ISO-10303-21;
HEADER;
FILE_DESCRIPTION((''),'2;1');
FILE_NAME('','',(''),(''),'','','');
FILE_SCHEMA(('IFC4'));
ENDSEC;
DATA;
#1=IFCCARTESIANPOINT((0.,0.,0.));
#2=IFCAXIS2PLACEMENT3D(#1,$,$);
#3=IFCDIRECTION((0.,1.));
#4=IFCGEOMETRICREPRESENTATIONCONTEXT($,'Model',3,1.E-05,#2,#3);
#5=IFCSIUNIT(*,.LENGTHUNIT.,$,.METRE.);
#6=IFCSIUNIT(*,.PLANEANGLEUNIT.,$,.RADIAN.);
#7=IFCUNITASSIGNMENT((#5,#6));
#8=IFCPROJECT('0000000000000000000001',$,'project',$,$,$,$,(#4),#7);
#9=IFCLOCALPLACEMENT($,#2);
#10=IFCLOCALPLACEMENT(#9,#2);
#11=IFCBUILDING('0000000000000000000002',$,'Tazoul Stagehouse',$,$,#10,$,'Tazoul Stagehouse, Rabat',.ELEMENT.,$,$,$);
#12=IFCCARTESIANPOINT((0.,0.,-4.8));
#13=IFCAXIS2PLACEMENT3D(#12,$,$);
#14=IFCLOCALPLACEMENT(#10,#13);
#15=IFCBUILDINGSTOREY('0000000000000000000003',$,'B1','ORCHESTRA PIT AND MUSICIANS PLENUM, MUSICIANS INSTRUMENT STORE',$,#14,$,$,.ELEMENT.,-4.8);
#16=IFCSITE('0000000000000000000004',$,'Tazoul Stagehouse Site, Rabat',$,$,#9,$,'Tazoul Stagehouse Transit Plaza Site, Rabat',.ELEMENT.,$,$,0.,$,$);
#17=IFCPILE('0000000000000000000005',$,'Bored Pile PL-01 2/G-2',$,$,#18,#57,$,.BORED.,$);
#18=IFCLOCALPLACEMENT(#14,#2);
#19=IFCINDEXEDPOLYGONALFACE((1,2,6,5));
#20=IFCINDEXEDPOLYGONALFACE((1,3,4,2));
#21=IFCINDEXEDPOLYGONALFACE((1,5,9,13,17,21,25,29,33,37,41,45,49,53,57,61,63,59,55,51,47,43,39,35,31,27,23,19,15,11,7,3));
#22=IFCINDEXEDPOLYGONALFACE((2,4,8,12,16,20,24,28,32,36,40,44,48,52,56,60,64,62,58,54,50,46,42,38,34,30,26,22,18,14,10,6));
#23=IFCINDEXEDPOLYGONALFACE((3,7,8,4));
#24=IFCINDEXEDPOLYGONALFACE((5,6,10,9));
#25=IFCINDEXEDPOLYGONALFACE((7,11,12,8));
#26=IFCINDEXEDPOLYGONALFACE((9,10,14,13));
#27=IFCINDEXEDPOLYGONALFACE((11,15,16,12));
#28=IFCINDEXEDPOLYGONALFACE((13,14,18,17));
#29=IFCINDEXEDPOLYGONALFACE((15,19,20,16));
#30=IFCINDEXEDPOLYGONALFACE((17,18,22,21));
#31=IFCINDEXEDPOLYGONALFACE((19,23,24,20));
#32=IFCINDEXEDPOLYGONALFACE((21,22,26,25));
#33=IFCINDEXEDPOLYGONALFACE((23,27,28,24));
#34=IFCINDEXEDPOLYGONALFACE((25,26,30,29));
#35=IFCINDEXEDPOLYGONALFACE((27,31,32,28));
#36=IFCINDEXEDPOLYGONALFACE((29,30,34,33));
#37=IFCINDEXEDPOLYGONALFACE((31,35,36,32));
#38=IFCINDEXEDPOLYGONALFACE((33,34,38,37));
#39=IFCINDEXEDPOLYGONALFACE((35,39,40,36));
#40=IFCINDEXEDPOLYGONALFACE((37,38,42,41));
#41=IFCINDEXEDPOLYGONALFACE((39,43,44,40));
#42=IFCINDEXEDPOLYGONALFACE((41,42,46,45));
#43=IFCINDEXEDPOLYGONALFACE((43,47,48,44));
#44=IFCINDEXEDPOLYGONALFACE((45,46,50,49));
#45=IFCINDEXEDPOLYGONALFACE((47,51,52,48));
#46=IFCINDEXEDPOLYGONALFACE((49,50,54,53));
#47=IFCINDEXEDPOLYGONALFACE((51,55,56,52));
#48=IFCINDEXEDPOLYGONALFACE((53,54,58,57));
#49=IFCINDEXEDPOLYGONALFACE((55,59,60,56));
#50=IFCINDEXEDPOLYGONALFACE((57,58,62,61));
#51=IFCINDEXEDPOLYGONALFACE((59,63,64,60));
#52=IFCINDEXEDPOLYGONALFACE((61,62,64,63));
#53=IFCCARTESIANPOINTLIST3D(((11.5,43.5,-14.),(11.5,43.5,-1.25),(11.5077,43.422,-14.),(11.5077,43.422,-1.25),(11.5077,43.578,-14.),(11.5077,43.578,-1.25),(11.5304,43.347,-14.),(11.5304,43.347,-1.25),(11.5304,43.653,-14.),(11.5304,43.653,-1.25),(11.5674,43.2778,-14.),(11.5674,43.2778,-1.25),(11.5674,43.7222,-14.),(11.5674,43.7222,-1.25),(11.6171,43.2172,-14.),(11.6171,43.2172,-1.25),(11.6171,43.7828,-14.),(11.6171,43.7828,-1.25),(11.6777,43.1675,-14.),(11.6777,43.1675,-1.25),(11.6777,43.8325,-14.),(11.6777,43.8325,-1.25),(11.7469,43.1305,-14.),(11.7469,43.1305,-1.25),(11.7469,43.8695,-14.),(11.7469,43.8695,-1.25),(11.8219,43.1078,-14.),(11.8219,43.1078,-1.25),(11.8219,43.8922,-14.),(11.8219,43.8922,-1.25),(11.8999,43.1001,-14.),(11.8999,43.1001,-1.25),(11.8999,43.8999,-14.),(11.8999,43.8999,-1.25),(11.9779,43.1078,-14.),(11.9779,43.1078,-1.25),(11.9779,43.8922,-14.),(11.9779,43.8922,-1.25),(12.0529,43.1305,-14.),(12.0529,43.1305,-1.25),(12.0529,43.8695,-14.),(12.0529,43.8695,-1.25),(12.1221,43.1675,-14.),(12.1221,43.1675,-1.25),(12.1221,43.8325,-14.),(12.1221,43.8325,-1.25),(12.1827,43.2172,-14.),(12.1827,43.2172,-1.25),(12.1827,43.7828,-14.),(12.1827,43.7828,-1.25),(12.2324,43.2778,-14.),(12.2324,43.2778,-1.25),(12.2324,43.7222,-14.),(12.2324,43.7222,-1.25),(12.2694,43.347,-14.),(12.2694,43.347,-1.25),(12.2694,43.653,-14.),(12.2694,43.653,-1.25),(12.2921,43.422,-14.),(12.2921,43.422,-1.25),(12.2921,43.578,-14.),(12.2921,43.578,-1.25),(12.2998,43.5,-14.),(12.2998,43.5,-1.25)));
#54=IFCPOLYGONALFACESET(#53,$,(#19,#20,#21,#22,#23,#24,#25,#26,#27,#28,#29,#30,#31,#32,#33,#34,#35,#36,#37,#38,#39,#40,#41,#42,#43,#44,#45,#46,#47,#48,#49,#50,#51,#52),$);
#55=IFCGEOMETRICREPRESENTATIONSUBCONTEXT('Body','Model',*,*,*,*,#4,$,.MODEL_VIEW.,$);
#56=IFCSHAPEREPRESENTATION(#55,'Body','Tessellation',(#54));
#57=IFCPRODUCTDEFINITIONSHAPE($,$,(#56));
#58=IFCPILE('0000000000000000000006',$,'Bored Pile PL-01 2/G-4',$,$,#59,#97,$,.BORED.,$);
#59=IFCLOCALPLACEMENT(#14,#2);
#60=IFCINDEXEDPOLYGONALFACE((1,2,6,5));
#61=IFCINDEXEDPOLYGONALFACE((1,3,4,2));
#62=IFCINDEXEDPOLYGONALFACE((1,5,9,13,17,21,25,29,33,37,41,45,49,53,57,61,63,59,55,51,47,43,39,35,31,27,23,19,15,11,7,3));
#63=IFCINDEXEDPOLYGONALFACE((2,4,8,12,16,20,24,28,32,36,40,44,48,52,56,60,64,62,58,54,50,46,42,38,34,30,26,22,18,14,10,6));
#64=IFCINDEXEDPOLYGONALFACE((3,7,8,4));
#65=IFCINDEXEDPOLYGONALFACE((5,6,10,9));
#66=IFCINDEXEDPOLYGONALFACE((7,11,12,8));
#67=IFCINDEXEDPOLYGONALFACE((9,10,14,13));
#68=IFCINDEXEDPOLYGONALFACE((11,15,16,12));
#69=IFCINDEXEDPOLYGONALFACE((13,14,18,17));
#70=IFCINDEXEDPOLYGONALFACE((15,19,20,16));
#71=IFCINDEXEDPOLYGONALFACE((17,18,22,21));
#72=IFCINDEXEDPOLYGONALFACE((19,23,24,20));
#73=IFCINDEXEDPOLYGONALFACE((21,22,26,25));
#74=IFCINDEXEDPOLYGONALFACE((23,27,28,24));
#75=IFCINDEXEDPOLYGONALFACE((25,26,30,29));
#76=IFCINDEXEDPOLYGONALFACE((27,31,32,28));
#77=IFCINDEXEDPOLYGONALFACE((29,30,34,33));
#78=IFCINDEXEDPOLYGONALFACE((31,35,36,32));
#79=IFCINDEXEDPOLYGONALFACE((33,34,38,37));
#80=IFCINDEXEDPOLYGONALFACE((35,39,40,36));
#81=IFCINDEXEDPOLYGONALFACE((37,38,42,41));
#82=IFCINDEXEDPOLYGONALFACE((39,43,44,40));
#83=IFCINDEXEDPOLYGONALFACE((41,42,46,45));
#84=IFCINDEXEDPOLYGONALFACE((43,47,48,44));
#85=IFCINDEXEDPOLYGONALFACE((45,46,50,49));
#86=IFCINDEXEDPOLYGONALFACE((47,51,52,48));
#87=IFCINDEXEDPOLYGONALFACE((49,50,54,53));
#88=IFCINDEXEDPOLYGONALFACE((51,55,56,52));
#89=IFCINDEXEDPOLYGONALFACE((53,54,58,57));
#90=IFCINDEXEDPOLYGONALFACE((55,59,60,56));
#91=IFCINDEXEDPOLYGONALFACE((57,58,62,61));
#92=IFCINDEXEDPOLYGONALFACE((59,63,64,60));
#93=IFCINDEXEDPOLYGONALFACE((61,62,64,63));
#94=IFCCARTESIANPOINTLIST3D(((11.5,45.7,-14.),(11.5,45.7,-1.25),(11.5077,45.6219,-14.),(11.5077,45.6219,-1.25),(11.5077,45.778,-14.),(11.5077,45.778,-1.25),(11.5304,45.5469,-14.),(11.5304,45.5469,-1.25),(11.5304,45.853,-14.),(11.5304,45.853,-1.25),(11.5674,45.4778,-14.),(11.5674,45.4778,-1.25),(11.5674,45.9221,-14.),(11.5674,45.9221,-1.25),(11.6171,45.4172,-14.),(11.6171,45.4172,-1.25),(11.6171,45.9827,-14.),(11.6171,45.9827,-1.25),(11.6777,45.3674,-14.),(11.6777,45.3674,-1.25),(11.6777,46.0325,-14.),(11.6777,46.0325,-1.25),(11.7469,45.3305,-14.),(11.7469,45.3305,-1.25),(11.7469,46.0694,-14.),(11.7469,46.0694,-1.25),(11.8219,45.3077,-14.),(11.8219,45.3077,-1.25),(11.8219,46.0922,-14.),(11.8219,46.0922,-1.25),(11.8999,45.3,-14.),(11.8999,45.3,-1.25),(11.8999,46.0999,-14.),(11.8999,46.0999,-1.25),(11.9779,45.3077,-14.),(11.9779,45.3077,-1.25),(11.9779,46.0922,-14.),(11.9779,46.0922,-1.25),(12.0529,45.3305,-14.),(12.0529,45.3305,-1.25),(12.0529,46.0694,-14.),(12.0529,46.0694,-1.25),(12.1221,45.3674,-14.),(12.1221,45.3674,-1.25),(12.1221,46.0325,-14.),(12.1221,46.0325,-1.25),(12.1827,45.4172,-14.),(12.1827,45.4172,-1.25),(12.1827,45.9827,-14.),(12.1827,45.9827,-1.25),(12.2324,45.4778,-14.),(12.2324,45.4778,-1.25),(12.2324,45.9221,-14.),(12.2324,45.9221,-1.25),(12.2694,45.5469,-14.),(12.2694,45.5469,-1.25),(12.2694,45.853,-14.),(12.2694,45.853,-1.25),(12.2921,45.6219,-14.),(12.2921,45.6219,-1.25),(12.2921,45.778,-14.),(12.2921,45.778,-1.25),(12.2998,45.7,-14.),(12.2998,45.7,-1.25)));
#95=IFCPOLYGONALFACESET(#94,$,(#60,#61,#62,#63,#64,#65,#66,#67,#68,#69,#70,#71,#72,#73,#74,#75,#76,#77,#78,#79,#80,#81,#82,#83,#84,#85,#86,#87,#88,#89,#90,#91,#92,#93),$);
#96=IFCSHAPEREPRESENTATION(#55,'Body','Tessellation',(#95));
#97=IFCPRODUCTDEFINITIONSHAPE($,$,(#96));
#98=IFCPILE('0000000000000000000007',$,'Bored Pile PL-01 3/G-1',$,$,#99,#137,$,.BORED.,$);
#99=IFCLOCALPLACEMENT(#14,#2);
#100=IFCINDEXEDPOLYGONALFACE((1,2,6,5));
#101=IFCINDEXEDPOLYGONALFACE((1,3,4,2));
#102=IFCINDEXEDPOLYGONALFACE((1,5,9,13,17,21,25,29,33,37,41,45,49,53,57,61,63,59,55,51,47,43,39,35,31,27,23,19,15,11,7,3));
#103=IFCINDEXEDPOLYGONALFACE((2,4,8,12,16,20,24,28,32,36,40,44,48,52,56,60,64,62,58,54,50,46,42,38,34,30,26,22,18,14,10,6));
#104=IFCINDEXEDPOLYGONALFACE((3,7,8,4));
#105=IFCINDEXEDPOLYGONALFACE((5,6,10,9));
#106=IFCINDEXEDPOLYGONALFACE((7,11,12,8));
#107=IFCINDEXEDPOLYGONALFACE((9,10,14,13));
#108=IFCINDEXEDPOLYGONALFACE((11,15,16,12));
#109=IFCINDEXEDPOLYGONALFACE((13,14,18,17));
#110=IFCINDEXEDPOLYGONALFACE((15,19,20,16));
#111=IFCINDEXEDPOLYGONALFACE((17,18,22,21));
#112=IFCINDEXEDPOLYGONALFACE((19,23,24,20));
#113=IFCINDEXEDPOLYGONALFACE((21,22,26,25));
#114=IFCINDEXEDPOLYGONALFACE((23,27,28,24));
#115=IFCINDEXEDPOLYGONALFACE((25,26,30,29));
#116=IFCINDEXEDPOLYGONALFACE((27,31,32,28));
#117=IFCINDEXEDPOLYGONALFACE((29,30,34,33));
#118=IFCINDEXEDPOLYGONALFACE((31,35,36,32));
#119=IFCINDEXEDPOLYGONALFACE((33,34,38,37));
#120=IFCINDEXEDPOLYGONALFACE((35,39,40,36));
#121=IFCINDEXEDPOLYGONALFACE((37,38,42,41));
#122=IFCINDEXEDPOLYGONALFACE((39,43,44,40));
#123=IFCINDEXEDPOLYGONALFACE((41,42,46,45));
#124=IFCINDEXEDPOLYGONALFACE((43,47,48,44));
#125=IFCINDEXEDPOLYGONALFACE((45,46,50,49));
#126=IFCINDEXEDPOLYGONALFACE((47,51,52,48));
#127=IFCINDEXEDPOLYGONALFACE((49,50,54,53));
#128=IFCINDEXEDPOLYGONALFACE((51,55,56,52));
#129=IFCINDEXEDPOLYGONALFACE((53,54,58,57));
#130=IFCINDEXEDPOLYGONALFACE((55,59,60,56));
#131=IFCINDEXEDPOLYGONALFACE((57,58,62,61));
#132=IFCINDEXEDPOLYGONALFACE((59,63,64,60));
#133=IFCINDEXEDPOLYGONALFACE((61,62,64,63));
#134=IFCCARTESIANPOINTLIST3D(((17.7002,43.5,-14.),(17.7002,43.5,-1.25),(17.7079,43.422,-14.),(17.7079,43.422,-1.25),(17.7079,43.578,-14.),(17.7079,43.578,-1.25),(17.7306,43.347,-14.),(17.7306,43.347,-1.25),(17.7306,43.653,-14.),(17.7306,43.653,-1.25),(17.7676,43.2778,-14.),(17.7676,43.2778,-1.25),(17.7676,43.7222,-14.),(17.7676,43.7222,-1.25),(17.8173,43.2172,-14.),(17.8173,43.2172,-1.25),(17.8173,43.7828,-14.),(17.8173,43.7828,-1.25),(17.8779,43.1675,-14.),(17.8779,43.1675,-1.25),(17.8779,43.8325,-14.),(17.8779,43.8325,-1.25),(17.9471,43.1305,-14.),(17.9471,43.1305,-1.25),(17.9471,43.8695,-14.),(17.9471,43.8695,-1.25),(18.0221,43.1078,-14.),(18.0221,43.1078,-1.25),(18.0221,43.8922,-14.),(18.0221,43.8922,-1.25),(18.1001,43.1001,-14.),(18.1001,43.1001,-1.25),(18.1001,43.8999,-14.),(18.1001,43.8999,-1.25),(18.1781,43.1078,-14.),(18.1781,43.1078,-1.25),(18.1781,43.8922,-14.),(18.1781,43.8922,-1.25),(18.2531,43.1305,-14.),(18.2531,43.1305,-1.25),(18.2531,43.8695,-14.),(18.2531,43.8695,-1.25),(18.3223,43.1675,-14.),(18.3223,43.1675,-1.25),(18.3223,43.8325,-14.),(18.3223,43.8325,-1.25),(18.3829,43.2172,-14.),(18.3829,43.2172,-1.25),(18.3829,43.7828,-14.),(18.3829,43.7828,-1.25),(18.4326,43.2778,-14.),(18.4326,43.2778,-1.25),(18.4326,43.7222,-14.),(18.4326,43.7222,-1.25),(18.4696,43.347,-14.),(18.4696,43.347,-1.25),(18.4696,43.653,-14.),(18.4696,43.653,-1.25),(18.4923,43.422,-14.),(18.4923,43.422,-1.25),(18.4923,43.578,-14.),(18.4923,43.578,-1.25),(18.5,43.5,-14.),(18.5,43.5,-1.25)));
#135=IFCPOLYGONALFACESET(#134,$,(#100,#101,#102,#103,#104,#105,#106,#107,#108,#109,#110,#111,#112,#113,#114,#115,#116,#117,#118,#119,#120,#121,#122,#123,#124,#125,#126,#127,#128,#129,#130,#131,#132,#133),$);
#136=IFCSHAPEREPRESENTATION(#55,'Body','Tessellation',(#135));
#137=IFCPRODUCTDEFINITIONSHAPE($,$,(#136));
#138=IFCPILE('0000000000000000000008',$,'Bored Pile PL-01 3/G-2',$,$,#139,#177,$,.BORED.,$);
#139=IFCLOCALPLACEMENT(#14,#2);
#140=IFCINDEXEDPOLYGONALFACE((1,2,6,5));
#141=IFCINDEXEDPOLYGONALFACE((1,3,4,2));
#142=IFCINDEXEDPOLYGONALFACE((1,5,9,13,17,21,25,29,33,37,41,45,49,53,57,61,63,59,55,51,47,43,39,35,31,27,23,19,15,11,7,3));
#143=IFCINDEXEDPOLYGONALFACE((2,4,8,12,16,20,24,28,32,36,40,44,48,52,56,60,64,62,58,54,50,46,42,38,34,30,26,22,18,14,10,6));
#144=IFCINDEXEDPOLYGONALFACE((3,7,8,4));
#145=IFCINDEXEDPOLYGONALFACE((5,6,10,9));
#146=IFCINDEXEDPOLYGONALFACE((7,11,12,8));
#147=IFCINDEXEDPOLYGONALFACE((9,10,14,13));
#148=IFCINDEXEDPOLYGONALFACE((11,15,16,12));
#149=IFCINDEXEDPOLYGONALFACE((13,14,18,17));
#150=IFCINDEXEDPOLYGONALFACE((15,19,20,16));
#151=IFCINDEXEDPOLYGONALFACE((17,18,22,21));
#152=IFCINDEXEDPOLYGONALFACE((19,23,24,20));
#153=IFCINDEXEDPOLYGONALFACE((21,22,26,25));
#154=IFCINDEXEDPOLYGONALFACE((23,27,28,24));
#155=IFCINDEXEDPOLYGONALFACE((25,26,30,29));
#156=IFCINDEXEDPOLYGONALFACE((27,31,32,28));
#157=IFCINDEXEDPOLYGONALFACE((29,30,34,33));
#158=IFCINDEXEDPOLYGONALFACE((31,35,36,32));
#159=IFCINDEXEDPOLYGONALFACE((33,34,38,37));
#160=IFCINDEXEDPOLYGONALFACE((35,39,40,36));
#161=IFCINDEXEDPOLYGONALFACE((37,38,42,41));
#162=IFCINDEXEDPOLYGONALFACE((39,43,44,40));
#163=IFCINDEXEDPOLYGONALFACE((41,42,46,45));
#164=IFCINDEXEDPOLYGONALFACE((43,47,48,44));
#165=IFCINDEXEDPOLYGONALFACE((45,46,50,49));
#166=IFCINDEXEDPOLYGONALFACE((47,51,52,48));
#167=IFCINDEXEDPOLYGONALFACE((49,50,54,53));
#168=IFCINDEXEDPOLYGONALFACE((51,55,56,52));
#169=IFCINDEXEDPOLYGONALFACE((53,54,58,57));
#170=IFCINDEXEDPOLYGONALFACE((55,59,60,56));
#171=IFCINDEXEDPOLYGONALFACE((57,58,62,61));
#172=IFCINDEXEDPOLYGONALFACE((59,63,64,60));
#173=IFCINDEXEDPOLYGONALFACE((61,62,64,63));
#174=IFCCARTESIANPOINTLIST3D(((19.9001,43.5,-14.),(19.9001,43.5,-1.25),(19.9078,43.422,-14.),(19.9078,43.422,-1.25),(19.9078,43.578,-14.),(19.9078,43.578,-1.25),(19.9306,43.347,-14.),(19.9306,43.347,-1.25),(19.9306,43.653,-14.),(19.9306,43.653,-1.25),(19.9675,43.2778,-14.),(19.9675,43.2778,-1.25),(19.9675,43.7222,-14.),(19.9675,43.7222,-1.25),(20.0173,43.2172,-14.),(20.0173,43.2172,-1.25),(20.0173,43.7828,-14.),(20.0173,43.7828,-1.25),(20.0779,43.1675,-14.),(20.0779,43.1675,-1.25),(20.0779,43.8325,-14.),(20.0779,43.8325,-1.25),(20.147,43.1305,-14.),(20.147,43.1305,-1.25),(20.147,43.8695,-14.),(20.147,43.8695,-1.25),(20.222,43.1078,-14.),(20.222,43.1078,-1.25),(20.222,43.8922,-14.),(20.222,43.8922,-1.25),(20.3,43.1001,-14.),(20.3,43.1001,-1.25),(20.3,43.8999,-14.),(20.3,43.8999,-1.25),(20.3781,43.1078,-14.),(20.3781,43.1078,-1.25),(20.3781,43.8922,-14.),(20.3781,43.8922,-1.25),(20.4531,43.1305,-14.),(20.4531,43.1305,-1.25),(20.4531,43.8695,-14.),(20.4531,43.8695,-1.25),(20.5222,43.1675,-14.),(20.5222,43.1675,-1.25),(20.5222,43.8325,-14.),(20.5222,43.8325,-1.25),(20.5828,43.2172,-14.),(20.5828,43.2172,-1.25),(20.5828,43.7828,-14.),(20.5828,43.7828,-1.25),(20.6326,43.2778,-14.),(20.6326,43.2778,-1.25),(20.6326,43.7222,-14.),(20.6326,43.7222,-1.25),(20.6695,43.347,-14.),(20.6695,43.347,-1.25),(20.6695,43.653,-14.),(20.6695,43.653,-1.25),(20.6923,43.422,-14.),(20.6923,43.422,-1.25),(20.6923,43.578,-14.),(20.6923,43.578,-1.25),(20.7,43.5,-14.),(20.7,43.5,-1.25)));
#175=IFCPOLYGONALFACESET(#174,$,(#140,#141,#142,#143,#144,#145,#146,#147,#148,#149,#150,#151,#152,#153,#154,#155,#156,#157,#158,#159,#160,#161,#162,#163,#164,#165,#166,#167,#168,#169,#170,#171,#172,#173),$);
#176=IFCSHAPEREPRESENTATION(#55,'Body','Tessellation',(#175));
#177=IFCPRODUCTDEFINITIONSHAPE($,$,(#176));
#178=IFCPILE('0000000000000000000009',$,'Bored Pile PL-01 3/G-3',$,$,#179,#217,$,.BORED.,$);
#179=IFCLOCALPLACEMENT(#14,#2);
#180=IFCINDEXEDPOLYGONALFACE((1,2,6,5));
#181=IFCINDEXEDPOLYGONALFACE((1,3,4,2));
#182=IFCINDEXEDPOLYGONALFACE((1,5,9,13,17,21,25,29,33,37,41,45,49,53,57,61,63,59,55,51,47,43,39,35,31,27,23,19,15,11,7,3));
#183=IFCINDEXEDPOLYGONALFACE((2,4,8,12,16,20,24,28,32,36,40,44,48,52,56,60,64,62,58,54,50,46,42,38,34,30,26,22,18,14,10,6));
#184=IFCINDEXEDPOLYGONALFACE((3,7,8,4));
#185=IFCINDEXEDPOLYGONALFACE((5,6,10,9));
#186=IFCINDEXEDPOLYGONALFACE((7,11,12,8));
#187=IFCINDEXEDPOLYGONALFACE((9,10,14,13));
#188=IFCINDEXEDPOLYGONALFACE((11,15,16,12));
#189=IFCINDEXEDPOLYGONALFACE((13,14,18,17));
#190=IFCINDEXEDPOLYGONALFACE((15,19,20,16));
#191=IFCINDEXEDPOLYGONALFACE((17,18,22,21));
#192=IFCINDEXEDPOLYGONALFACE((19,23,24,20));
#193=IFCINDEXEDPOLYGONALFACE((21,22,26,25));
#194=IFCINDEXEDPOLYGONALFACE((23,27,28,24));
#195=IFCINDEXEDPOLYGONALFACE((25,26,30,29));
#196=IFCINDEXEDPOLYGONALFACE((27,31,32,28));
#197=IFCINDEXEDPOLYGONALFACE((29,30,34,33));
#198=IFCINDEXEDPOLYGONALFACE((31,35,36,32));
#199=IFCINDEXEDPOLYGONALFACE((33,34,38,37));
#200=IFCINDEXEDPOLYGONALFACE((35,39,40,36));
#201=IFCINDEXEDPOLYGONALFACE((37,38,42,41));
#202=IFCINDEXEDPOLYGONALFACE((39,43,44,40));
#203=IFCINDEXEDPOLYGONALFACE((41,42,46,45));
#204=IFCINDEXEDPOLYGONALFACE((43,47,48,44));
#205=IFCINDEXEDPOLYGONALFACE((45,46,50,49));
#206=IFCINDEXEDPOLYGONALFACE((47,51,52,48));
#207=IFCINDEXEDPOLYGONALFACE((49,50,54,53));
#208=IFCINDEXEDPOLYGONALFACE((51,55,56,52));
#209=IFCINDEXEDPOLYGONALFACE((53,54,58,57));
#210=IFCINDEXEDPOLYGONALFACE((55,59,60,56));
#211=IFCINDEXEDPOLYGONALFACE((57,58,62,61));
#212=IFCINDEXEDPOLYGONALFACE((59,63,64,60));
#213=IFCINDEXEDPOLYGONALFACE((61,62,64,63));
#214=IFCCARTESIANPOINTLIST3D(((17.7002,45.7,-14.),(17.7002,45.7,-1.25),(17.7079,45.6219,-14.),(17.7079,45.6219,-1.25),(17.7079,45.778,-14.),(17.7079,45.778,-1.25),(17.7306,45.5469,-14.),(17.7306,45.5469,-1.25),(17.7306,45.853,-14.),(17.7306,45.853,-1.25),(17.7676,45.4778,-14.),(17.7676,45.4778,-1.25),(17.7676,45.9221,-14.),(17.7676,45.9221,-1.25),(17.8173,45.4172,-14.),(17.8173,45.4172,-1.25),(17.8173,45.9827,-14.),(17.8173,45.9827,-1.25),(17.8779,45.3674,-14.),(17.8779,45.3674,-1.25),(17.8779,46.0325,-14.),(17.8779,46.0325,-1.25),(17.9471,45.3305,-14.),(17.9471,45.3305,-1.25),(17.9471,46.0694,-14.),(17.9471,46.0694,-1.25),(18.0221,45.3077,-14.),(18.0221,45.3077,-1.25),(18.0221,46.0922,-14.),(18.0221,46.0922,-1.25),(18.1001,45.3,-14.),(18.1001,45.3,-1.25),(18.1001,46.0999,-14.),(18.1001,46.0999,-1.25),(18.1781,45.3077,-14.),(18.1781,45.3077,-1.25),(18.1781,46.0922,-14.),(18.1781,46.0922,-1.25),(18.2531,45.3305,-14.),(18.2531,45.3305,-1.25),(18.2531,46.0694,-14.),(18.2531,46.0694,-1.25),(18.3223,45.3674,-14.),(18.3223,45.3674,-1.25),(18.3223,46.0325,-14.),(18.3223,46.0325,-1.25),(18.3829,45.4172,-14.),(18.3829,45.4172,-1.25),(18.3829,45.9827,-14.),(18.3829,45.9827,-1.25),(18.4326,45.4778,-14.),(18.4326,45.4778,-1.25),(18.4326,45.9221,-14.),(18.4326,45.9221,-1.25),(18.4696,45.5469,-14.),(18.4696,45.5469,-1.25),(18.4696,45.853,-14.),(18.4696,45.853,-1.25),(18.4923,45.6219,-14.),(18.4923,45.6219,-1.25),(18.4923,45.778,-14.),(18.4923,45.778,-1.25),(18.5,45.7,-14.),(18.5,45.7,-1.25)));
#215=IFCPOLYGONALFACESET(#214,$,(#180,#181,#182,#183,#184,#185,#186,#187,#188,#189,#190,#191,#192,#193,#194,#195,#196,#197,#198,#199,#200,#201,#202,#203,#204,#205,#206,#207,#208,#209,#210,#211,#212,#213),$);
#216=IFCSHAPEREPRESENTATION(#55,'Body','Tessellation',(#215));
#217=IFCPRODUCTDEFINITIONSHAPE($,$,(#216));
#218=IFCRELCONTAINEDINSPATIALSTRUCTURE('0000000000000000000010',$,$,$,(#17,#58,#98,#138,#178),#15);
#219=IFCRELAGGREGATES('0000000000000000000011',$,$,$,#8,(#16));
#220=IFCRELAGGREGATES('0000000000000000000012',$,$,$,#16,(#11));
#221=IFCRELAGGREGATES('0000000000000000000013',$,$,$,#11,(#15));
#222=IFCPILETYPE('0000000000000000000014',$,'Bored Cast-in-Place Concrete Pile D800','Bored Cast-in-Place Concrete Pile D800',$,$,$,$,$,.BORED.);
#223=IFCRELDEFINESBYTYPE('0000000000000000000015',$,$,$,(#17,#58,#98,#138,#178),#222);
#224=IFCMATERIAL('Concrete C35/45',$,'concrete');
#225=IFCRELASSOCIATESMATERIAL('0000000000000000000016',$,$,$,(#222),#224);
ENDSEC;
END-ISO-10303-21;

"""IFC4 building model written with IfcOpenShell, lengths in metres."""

from ifc_helpers import new_model, si_unit, direction, frame, origin, origin_2d, place, context, subcontext, project, spatial, circle, extrude, material, material_profile, profile_set, type_object, element, save


model = new_model("IFC4")

# Units and contexts
model_context = context("Model", 3, precision=1e-05, world=origin(), true_north=direction((0.0, 1.0)))
body_context = subcontext(model_context, "Body", "Model", "MODEL_VIEW")
ifc_project = project(units=[si_unit("LENGTHUNIT", "METRE"), si_unit("PLANEANGLEUNIT", "RADIAN")], contexts=[model_context])

# Site, building, storey
site_placement = place(None, origin())
site = spatial("IfcSite", under=ifc_project, at=site_placement, Name="Tazoul Stagehouse Site, Rabat", LongName="Tazoul Stagehouse Transit Plaza Site, Rabat", CompositionType="ELEMENT", RefElevation=0.0)
building_placement = place(site_placement, origin())
building = spatial("IfcBuilding", under=site, at=building_placement, Name="Tazoul Stagehouse", LongName="Tazoul Stagehouse, Rabat", CompositionType="ELEMENT")
storey_placement = place(building_placement, frame((0.0, 0.0, -4.8)))
storey = spatial("IfcBuildingStorey", under=building, at=storey_placement, Name="B1", Description="ORCHESTRA PIT AND MUSICIANS PLENUM, MUSICIANS INSTRUMENT STORE", CompositionType="ELEMENT", Elevation=-4.8)

# Piles
ifc_material_1 = material(Name="Concrete C35/45", Category="concrete")
ifc_material_profile_1 = material_profile(ifc_material_1, circle(Radius=0.3999, at=origin_2d()), Name="BORED PILE 800")
ifc_profile_set_1 = profile_set([ifc_material_profile_1], Name="Concrete C35/45")
pile_type_1 = type_object("IfcPileType", Name="Bored Cast-in-Place Concrete Pile D800", Description="Bored Cast-in-Place Concrete Pile D800", PredefinedType="BORED", material=ifc_profile_set_1)
for number, where, z_axis, x_axis, name in (
    (1, (11.8999, 43.5, -1.25), (0.0, 0.0, -1.0), (1.0, 0.0, 0.0), "Bored Pile PL-01 2/G-2"),
    (2, (11.8999, 45.7, -1.25), (0.0, 0.0, -1.0), (1.0, 0.0, 0.0), "Bored Pile PL-01 2/G-4"),
    (3, (18.1001, 43.5, -1.25), (0.0, 0.0, -1.0), (1.0, 0.0, 0.0), "Bored Pile PL-01 3/G-1"),
    (4, (20.3, 43.5, -1.25), (0.0, 0.0, -1.0), (1.0, 0.0, 0.0), "Bored Pile PL-01 3/G-2"),
    (5, (18.1001, 45.7, -1.25), (0.0, 0.0, -1.0), (1.0, 0.0, 0.0), "Bored Pile PL-01 3/G-3"),
):
    element("IfcPile", number, at=place(storey_placement, frame(where, z_axis=z_axis, x_axis=x_axis)), inside=storey, type_object=pile_type_1, Name=name, PredefinedType="BORED", context=body_context, shape_type="SweptSolid", body=[
        extrude(circle(Radius=0.3999, at=origin_2d()), origin(), (0.0, 0.0, 1.0), 12.75),
    ])

save(model, "model.ifc")
